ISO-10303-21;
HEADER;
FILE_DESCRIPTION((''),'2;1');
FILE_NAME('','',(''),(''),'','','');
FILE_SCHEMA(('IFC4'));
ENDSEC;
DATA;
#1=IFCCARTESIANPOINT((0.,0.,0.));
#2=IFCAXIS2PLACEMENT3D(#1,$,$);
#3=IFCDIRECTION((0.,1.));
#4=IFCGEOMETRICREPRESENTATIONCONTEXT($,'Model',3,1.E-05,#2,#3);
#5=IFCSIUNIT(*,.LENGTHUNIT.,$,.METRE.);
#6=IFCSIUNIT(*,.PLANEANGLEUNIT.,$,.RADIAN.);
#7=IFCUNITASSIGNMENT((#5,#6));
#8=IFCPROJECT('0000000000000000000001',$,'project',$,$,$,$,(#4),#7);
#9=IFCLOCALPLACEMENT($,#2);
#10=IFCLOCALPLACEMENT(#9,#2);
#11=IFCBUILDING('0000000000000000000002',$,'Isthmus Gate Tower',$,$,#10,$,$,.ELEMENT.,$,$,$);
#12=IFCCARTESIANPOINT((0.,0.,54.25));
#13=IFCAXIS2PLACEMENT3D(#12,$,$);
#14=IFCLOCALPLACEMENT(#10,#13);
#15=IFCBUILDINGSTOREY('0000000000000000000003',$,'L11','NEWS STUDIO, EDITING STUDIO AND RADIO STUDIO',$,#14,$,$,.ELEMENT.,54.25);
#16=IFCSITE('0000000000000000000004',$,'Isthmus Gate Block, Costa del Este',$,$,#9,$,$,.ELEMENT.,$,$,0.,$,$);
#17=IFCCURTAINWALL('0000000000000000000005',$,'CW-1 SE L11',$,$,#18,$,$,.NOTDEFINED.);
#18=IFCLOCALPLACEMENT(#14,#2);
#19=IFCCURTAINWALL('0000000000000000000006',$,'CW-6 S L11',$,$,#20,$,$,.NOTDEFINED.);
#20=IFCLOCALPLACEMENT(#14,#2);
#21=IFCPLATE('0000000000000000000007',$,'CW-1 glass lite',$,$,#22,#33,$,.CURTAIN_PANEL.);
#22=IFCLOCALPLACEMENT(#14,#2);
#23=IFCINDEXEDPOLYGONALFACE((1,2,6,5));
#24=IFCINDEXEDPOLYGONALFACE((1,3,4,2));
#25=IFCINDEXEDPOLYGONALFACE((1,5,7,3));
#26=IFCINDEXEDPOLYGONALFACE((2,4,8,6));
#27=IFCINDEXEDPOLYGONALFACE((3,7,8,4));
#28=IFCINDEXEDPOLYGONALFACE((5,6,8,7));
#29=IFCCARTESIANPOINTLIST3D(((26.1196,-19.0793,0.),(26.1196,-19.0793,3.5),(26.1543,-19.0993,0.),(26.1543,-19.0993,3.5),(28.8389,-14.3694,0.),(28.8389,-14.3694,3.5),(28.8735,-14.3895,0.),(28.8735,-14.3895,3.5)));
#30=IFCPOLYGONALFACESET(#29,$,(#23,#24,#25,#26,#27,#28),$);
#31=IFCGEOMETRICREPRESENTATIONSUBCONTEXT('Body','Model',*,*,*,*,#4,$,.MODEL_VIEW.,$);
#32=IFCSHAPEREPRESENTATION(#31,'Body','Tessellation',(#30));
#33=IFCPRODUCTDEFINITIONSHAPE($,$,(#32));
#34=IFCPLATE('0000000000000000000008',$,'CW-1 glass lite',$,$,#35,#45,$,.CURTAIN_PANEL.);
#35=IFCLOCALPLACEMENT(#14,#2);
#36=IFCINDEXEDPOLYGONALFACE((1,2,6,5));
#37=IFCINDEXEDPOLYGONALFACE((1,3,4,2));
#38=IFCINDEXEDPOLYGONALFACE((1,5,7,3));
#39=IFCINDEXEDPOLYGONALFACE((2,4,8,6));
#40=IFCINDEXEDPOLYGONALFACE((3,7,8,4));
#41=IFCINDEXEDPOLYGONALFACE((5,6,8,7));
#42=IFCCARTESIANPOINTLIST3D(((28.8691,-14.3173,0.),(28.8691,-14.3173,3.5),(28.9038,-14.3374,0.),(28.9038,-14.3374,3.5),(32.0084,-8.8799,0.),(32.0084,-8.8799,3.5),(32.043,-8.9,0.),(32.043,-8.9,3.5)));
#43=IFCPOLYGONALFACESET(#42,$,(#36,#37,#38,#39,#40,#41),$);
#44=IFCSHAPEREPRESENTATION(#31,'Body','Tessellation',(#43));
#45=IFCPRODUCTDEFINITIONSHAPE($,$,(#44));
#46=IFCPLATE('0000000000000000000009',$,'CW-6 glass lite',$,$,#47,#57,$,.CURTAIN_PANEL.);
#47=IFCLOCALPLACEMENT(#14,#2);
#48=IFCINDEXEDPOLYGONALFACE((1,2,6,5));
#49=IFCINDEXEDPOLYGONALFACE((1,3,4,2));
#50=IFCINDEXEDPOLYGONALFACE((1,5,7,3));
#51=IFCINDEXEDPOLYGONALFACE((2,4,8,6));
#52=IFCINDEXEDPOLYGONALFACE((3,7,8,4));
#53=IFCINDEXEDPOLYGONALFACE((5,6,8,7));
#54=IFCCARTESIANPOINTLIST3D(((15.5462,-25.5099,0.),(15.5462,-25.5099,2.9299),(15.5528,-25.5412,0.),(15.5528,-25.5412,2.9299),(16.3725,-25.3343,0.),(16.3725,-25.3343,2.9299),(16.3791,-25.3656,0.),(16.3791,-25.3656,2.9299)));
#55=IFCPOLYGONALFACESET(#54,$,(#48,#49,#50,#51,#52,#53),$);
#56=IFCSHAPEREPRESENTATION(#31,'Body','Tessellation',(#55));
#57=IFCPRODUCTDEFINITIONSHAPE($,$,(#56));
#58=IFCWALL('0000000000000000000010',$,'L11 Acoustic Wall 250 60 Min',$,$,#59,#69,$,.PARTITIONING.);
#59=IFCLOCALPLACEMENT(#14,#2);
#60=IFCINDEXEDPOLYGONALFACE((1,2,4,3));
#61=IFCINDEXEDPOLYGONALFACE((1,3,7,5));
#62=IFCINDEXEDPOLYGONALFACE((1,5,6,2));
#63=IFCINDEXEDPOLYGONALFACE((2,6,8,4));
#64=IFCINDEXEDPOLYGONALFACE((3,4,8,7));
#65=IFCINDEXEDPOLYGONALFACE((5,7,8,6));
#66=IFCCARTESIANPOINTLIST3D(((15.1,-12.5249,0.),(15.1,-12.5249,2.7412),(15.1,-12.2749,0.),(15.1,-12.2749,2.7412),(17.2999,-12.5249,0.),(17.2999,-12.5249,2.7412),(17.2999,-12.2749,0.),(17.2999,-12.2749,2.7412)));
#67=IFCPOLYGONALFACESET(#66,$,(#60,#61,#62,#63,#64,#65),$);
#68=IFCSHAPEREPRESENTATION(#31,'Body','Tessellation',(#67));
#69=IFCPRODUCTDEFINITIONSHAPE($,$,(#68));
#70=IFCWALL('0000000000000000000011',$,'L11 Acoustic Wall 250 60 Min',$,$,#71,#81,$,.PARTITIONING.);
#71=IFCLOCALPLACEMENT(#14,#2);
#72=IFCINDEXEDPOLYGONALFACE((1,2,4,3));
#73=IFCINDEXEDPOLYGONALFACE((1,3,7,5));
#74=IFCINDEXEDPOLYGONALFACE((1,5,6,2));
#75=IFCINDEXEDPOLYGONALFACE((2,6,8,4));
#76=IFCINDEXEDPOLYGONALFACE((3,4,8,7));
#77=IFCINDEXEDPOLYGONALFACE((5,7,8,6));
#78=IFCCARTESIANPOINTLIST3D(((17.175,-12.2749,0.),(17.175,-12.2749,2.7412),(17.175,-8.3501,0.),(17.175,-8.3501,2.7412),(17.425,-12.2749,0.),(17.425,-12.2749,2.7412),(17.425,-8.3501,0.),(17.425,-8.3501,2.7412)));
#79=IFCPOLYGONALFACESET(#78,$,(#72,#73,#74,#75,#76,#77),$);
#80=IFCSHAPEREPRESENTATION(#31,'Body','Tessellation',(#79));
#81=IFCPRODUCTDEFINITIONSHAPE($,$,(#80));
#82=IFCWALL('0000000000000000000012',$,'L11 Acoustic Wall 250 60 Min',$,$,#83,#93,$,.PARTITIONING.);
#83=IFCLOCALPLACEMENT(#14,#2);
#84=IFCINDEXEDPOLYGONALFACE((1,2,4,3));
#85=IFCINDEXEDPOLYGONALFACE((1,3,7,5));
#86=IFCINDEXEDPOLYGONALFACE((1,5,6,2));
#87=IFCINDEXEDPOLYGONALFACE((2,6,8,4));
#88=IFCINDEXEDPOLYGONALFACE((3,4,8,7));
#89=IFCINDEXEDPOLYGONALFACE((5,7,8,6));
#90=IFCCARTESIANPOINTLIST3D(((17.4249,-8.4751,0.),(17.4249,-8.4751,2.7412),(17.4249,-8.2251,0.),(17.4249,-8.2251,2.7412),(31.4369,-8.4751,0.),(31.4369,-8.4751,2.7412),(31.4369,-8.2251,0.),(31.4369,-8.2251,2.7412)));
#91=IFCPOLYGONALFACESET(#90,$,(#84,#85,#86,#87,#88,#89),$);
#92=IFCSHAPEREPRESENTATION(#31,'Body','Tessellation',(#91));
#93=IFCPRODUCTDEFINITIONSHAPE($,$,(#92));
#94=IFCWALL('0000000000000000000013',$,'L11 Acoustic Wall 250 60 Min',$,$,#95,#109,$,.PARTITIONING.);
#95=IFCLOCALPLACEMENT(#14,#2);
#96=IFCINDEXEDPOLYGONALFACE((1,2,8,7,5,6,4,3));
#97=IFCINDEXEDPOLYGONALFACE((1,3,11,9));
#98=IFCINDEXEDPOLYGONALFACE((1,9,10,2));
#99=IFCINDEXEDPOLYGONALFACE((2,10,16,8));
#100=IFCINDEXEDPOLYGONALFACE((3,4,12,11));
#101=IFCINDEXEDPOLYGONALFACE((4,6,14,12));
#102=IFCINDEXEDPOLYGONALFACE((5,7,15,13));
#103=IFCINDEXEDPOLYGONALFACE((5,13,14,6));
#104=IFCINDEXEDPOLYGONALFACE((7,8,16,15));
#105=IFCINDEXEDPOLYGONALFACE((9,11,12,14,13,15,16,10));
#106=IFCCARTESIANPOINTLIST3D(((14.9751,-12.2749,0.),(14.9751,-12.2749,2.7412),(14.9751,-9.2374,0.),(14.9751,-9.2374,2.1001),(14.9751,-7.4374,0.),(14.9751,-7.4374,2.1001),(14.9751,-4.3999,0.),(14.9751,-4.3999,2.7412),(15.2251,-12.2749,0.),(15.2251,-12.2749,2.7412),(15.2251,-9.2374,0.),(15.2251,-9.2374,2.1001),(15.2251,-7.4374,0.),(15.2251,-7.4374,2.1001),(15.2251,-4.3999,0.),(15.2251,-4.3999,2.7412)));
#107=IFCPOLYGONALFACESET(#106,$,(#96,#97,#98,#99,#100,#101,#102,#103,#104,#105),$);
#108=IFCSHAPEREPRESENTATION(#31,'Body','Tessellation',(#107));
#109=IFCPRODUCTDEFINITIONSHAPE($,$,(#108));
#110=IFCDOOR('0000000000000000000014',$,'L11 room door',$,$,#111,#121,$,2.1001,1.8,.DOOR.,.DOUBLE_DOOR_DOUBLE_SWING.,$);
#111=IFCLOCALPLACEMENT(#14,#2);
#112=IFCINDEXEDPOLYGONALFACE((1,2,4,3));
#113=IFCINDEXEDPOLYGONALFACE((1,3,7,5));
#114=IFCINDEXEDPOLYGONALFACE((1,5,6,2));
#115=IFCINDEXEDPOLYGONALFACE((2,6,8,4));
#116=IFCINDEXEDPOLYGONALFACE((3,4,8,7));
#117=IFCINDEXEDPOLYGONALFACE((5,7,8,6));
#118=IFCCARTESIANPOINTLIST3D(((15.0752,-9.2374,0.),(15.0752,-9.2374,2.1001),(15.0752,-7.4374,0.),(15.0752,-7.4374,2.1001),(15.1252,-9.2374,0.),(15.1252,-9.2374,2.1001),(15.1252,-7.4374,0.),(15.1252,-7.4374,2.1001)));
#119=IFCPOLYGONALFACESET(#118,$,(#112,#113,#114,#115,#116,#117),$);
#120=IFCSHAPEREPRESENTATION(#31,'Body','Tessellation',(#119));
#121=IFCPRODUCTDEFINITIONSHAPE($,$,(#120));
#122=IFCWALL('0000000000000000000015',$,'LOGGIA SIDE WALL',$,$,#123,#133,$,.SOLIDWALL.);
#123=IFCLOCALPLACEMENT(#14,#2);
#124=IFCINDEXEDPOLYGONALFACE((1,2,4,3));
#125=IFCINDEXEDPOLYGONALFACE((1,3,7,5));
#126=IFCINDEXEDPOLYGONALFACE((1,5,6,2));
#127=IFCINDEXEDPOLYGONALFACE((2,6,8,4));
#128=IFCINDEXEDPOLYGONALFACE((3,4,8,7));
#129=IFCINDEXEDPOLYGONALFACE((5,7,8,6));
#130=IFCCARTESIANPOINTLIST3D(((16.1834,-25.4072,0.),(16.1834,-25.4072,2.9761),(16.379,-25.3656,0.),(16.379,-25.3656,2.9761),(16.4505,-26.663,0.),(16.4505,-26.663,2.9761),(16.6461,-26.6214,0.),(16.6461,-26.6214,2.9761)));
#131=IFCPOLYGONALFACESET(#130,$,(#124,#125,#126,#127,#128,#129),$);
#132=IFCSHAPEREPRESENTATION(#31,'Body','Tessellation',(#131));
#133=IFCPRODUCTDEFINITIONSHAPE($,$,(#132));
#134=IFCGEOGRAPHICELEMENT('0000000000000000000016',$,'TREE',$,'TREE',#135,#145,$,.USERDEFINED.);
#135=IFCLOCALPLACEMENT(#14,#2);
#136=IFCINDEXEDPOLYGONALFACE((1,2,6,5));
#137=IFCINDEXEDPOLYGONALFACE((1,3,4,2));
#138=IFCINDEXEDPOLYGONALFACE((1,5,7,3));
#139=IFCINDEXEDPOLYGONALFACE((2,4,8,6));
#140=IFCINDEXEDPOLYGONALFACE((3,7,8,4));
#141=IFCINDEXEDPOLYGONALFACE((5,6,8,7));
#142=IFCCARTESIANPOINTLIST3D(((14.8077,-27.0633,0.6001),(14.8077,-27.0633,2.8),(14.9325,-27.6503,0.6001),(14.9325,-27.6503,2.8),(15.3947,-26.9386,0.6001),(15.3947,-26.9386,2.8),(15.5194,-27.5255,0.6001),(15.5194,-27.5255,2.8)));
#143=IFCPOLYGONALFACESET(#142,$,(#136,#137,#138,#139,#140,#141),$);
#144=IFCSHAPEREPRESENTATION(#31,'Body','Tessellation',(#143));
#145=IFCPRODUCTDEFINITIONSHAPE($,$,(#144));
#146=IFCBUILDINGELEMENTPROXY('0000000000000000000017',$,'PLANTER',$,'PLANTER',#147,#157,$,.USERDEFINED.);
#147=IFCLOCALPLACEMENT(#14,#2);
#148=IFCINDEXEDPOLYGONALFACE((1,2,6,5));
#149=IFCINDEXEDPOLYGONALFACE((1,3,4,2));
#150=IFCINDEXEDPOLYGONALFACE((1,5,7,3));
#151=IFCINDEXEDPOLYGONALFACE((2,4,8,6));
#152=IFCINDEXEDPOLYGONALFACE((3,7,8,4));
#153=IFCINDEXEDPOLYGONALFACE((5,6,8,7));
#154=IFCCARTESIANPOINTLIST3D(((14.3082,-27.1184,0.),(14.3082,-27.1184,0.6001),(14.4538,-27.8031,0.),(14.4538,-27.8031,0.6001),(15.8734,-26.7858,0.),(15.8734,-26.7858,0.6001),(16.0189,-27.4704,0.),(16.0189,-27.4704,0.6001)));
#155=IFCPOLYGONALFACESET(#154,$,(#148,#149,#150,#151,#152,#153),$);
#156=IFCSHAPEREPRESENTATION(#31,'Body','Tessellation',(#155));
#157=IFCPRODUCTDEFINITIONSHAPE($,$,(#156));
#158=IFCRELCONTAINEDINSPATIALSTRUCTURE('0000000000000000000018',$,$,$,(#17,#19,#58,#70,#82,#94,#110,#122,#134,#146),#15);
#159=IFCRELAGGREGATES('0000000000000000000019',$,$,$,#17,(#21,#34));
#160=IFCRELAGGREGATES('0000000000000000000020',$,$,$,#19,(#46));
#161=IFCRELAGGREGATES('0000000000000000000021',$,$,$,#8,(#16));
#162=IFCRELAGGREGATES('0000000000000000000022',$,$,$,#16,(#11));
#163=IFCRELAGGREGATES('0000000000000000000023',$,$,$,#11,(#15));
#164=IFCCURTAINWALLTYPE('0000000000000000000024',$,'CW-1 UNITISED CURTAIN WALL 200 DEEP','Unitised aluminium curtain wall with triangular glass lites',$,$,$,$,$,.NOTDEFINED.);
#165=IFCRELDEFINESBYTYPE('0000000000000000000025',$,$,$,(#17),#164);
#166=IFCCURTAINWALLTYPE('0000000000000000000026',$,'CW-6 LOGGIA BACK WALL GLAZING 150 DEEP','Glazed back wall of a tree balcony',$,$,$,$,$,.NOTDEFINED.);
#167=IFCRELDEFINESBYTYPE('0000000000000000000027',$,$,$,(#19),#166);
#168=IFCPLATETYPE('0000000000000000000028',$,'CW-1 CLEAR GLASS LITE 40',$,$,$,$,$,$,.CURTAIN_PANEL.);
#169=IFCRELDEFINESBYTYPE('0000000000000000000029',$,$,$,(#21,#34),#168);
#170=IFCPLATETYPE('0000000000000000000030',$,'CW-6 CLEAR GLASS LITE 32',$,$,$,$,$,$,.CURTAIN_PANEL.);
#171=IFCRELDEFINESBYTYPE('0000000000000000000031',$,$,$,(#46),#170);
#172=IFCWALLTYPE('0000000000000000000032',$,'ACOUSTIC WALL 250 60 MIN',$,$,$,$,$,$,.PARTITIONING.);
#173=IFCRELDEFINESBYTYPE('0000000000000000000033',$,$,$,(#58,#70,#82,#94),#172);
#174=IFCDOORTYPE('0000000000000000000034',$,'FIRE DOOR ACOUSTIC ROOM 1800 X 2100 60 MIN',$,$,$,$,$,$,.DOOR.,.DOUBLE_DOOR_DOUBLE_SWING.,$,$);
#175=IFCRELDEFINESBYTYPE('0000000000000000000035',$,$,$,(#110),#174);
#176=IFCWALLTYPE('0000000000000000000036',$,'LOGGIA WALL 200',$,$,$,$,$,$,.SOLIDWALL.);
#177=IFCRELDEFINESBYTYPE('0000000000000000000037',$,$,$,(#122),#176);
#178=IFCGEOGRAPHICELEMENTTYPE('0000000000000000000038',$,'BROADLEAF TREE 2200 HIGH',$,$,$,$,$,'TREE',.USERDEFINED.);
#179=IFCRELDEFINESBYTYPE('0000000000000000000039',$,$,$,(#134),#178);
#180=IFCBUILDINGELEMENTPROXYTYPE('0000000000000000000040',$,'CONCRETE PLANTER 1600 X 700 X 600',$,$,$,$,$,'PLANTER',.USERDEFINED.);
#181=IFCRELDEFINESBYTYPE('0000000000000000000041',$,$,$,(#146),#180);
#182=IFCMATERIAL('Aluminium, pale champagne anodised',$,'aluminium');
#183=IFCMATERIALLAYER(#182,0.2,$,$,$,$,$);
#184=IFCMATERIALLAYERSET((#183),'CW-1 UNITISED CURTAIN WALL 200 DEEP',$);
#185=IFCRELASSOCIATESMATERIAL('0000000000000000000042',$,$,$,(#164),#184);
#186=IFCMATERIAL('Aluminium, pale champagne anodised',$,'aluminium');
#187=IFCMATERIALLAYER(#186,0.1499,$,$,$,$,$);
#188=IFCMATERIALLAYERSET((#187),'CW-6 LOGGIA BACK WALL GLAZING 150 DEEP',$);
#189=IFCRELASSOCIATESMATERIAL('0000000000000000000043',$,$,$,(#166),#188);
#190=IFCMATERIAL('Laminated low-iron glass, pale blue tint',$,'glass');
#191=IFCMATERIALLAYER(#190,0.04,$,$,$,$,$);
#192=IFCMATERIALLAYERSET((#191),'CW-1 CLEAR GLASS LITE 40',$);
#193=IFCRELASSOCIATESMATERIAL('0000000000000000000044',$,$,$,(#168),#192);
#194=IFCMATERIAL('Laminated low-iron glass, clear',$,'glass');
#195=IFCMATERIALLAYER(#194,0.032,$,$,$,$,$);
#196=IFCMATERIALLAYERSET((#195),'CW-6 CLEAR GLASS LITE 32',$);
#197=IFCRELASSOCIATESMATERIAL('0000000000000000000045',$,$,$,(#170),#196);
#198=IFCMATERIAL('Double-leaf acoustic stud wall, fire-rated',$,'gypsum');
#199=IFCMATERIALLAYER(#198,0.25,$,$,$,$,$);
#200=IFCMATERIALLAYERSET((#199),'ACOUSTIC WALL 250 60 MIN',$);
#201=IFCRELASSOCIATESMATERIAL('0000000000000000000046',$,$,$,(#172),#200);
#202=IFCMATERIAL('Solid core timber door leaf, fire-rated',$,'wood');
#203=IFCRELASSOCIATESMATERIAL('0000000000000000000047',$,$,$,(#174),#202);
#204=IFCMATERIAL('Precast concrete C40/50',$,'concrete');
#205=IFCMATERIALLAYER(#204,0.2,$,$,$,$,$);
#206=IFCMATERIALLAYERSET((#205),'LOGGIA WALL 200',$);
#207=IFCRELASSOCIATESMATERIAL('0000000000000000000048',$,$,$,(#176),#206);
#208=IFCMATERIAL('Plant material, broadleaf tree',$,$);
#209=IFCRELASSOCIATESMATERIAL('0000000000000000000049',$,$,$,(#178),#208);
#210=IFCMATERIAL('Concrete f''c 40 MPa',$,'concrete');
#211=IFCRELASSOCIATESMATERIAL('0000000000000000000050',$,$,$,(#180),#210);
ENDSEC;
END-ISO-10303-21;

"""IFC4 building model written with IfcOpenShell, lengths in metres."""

from ifc_helpers import new_model, si_unit, direction, frame, frame_2d, origin, origin_2d, place, context, subcontext, project, spatial, rectangle, extrude, material, layer, layer_set, type_object, element, fill, aggregate, save


model = new_model("IFC4")

# Units and contexts
model_context = context("Model", 3, precision=1e-05, world=origin(), true_north=direction((0.0, 1.0)))
body_context = subcontext(model_context, "Body", "Model", "MODEL_VIEW")
ifc_project = project(units=[si_unit("LENGTHUNIT", "METRE"), si_unit("PLANEANGLEUNIT", "RADIAN")], contexts=[model_context])

# Site, building, storey
site_placement = place(None, origin())
site = spatial("IfcSite", under=ifc_project, at=site_placement, Name="Isthmus Gate Block, Costa del Este", CompositionType="ELEMENT", RefElevation=0.0)
building_placement = place(site_placement, origin())
building = spatial("IfcBuilding", under=site, at=building_placement, Name="Isthmus Gate Tower", CompositionType="ELEMENT")
storey_placement = place(building_placement, frame((0.0, 0.0, 54.25)))
storey = spatial("IfcBuildingStorey", under=building, at=storey_placement, Name="L11", Description="NEWS STUDIO, EDITING STUDIO AND RADIO STUDIO", CompositionType="ELEMENT", Elevation=54.25)

# Shared definitions
ifc_material_1 = material(Name="Aluminium, pale champagne anodised", Category="aluminium")
ifc_layer_1 = layer(ifc_material_1, 0.2)
ifc_layer_set_1 = layer_set([ifc_layer_1], Name="CW-1 UNITISED CURTAIN WALL 200 DEEP")
curtain_wall_type_1 = type_object("IfcCurtainWallType", Name="CW-1 UNITISED CURTAIN WALL 200 DEEP", Description="Unitised aluminium curtain wall with triangular glass lites", PredefinedType="NOTDEFINED", material=ifc_layer_set_1)

# Curtain wall
curtain_wall_1_placement = place(storey_placement, origin())
curtain_wall_1 = element("IfcCurtainWall", 1, at=curtain_wall_1_placement, inside=storey, type_object=curtain_wall_type_1, Name="CW-1 SE L11", PredefinedType="NOTDEFINED")

# Curtain wall
ifc_material_2 = material(Name="Aluminium, pale champagne anodised", Category="aluminium")
ifc_layer_2 = layer(ifc_material_2, 0.1499)
ifc_layer_set_2 = layer_set([ifc_layer_2], Name="CW-6 LOGGIA BACK WALL GLAZING 150 DEEP")
curtain_wall_type_2 = type_object("IfcCurtainWallType", Name="CW-6 LOGGIA BACK WALL GLAZING 150 DEEP", Description="Glazed back wall of a tree balcony", PredefinedType="NOTDEFINED", material=ifc_layer_set_2)
curtain_wall_2_placement = place(storey_placement, origin())
curtain_wall_2 = element("IfcCurtainWall", 2, at=curtain_wall_2_placement, inside=storey, type_object=curtain_wall_type_2, Name="CW-6 S L11", PredefinedType="NOTDEFINED")

# Plates
ifc_material_3 = material(Name="Laminated low-iron glass, pale blue tint", Category="glass")
ifc_layer_3 = layer(ifc_material_3, 0.04)
ifc_layer_set_3 = layer_set([ifc_layer_3], Name="CW-1 CLEAR GLASS LITE 40")
plate_type_1 = type_object("IfcPlateType", Name="CW-1 CLEAR GLASS LITE 40", PredefinedType="CURTAIN_PANEL", material=ifc_layer_set_3)
plate_1_placement = place(storey_placement, frame((27.4966, -16.7344, 0.0), z_axis=(0.0, 0.0, 1.0), x_axis=(0.5, 0.866025, 0.0)))
plate_1 = element("IfcPlate", 3, at=plate_1_placement, type_object=plate_type_1, Name="CW-1 glass lite", PredefinedType="CURTAIN_PANEL", context=body_context, shape_type="SweptSolid", body=[
    extrude(rectangle(XDim=5.4385, YDim=0.04, at=origin_2d()), origin(), (0.0, 0.0, 1.0), 3.5),
])
plate_2_placement = place(storey_placement, frame((30.4561, -11.6086, 0.0), z_axis=(0.0, 0.0, 1.0), x_axis=(0.5, 0.866025, 0.0)))
plate_2 = element("IfcPlate", 4, at=plate_2_placement, type_object=plate_type_1, Name="CW-1 glass lite", PredefinedType="CURTAIN_PANEL", context=body_context, shape_type="SweptSolid", body=[
    extrude(rectangle(XDim=6.2786, YDim=0.04, at=origin_2d()), origin(), (0.0, 0.0, 1.0), 3.5),
])
aggregate(curtain_wall_1, [plate_1, plate_2])
ifc_material_4 = material(Name="Laminated low-iron glass, clear", Category="glass")
ifc_layer_4 = layer(ifc_material_4, 0.032)
ifc_layer_set_4 = layer_set([ifc_layer_4], Name="CW-6 CLEAR GLASS LITE 32")
plate_type_2 = type_object("IfcPlateType", Name="CW-6 CLEAR GLASS LITE 32", PredefinedType="CURTAIN_PANEL", material=ifc_layer_set_4)
plate_3_placement = place(storey_placement, frame((15.9626, -25.4377, 0.0), z_axis=(0.0, 0.0, 1.0), x_axis=(0.978148, 0.207912, 0.0)))
plate_3 = element("IfcPlate", 5, at=plate_3_placement, type_object=plate_type_2, Name="CW-6 glass lite", PredefinedType="CURTAIN_PANEL", context=body_context, shape_type="SweptSolid", body=[
    extrude(rectangle(XDim=0.8447, YDim=0.032, at=origin_2d()), origin(), (0.0, 0.0, 1.0), 2.9299),
])
aggregate(curtain_wall_2, [plate_3])

# Walls
ifc_material_5 = material(Name="Double-leaf acoustic stud wall, fire-rated", Category="gypsum")
ifc_layer_5 = layer(ifc_material_5, 0.25)
ifc_layer_set_5 = layer_set([ifc_layer_5], Name="ACOUSTIC WALL 250 60 MIN")
wall_type_1 = type_object("IfcWallType", Name="ACOUSTIC WALL 250 60 MIN", PredefinedType="PARTITIONING", material=ifc_layer_set_5)
wall_1_placement = place(storey_placement, frame((17.3, -12.3999, 0.0), z_axis=(0.0, 0.0, 1.0), x_axis=(-1.0, 0.0, 0.0)))
element("IfcWall", 6, at=wall_1_placement, inside=storey, type_object=wall_type_1, Name="L11 Acoustic Wall 250 60 Min", PredefinedType="PARTITIONING", context=body_context, shape_type="SweptSolid", body=[
    extrude(rectangle(XDim=2.2, YDim=0.25, at=frame_2d((1.1001, 0.0))), origin(), (0.0, 0.0, 1.0), 2.7412),
])
wall_2_placement = place(storey_placement, frame((17.3, -8.3501, 0.0), z_axis=(0.0, 0.0, 1.0), x_axis=(0.0, -1.0, 0.0)))
element("IfcWall", 7, at=wall_2_placement, inside=storey, type_object=wall_type_1, Name="L11 Acoustic Wall 250 60 Min", PredefinedType="PARTITIONING", context=body_context, shape_type="SweptSolid", body=[
    extrude(rectangle(XDim=3.9248, YDim=0.25, at=frame_2d((1.9624, 0.0))), origin(), (0.0, 0.0, 1.0), 2.7412),
])
wall_3_placement = place(storey_placement, frame((17.425, -8.3501, 0.0), z_axis=(0.0, 0.0, 1.0), x_axis=(1.0, 0.0, 0.0)))
element("IfcWall", 8, at=wall_3_placement, inside=storey, type_object=wall_type_1, Name="L11 Acoustic Wall 250 60 Min", PredefinedType="PARTITIONING", context=body_context, shape_type="SweptSolid", body=[
    extrude(rectangle(XDim=14.012, YDim=0.25, at=frame_2d((7.0059, 0.0))), origin(), (0.0, 0.0, 1.0), 2.7412),
])

# Wall, opening, door
wall_4_placement = place(storey_placement, frame((15.1001, -12.2749, 0.0), z_axis=(0.0, 0.0, 1.0), x_axis=(0.0, 1.0, 0.0)))
wall_4 = element("IfcWall", 9, at=wall_4_placement, inside=storey, type_object=wall_type_1, Name="L11 Acoustic Wall 250 60 Min", PredefinedType="PARTITIONING", context=body_context, shape_type="SweptSolid", body=[
    extrude(rectangle(XDim=7.875, YDim=0.25, at=frame_2d((3.9375, 0.0))), origin(), (0.0, 0.0, 1.0), 2.7412),
])
opening_placement = place(wall_4_placement, frame((3.0376, 0.0, 0.0)))
opening = element("IfcOpeningElement", 10, at=opening_placement, cuts=wall_4, PredefinedType="OPENING", context=body_context, shape_type="SweptSolid", body=[
    extrude(rectangle(XDim=1.8, YDim=2.1001, at=frame_2d((0.8999, 1.05))), frame((0.0, 0.135, 0.0), z_axis=(0.0, -1.0, 0.0), x_axis=(1.0, 0.0, 0.0)), (0.0, 0.0, 1.0), 0.27),
])
ifc_material_6 = material(Name="Solid core timber door leaf, fire-rated", Category="wood")
door_type = type_object("IfcDoorType", Name="FIRE DOOR ACOUSTIC ROOM 1800 X 2100 60 MIN", OperationType="DOUBLE_DOOR_DOUBLE_SWING", PredefinedType="DOOR", material=ifc_material_6)
door_placement = place(opening_placement, origin())
door = element("IfcDoor", 11, at=door_placement, inside=storey, type_object=door_type, Name="L11 room door", OperationType="DOUBLE_DOOR_DOUBLE_SWING", OverallHeight=2.1001, OverallWidth=1.8, PredefinedType="DOOR", context=body_context, shape_type="SweptSolid", body=[
    extrude(rectangle(XDim=1.8, YDim=2.1001, at=frame_2d((0.8999, 1.05))), frame((0.0, 0.0249, 0.0), z_axis=(0.0, -1.0, 0.0), x_axis=(1.0, 0.0, 0.0)), (0.0, 0.0, 1.0), 0.05),
])
fill(opening, door)

# Wall
ifc_material_7 = material(Name="Precast concrete C40/50", Category="concrete")
ifc_layer_6 = layer(ifc_material_7, 0.2)
ifc_layer_set_6 = layer_set([ifc_layer_6], Name="LOGGIA WALL 200")
wall_type_2 = type_object("IfcWallType", Name="LOGGIA WALL 200", PredefinedType="SOLIDWALL", material=ifc_layer_set_6)
wall_5_placement = place(storey_placement, frame((16.5483, -26.6423, 0.0), z_axis=(0.0, 0.0, 1.0), x_axis=(-0.208022, 0.978124, 0.0)))
element("IfcWall", 12, at=wall_5_placement, inside=storey, type_object=wall_type_2, Name="LOGGIA SIDE WALL", PredefinedType="SOLIDWALL", context=body_context, shape_type="SweptSolid", body=[
    extrude(rectangle(XDim=1.2839, YDim=0.2, at=frame_2d((0.6421, 0.0))), origin(), (0.0, 0.0, 1.0), 2.9761),
])

# Geographic element
ifc_material_8 = material(Name="Plant material, broadleaf tree")
geographic_element_type = type_object("IfcGeographicElementType", Name="BROADLEAF TREE 2200 HIGH", ElementType="TREE", PredefinedType="USERDEFINED", material=ifc_material_8)
geographic_element_placement = place(storey_placement, frame((15.1636, -27.2944, 0.6001), z_axis=(0.0, 0.0, 1.0), x_axis=(0.978148, 0.207912, 0.0)))
element("IfcGeographicElement", 13, at=geographic_element_placement, inside=storey, type_object=geographic_element_type, Name="TREE", ObjectType="TREE", PredefinedType="USERDEFINED", context=body_context, shape_type="SweptSolid", body=[
    extrude(rectangle(XDim=0.6001, YDim=0.6001, at=origin_2d()), origin(), (0.0, 0.0, 1.0), 2.2),
])

# Building element proxy
ifc_material_9 = material(Name="Concrete f'c 40 MPa", Category="concrete")
building_element_proxy_type = type_object("IfcBuildingElementProxyType", Name="CONCRETE PLANTER 1600 X 700 X 600", ElementType="PLANTER", PredefinedType="USERDEFINED", material=ifc_material_9)
proxy_placement = place(storey_placement, frame((15.1636, -27.2944, 0.0), z_axis=(0.0, 0.0, 1.0), x_axis=(0.978148, 0.207912, 0.0)))
element("IfcBuildingElementProxy", 14, at=proxy_placement, inside=storey, type_object=building_element_proxy_type, Name="PLANTER", ObjectType="PLANTER", PredefinedType="USERDEFINED", context=body_context, shape_type="SweptSolid", body=[
    extrude(rectangle(XDim=1.6001, YDim=0.7, at=origin_2d()), origin(), (0.0, 0.0, 1.0), 0.6001),
])

save(model, "model.ifc")
